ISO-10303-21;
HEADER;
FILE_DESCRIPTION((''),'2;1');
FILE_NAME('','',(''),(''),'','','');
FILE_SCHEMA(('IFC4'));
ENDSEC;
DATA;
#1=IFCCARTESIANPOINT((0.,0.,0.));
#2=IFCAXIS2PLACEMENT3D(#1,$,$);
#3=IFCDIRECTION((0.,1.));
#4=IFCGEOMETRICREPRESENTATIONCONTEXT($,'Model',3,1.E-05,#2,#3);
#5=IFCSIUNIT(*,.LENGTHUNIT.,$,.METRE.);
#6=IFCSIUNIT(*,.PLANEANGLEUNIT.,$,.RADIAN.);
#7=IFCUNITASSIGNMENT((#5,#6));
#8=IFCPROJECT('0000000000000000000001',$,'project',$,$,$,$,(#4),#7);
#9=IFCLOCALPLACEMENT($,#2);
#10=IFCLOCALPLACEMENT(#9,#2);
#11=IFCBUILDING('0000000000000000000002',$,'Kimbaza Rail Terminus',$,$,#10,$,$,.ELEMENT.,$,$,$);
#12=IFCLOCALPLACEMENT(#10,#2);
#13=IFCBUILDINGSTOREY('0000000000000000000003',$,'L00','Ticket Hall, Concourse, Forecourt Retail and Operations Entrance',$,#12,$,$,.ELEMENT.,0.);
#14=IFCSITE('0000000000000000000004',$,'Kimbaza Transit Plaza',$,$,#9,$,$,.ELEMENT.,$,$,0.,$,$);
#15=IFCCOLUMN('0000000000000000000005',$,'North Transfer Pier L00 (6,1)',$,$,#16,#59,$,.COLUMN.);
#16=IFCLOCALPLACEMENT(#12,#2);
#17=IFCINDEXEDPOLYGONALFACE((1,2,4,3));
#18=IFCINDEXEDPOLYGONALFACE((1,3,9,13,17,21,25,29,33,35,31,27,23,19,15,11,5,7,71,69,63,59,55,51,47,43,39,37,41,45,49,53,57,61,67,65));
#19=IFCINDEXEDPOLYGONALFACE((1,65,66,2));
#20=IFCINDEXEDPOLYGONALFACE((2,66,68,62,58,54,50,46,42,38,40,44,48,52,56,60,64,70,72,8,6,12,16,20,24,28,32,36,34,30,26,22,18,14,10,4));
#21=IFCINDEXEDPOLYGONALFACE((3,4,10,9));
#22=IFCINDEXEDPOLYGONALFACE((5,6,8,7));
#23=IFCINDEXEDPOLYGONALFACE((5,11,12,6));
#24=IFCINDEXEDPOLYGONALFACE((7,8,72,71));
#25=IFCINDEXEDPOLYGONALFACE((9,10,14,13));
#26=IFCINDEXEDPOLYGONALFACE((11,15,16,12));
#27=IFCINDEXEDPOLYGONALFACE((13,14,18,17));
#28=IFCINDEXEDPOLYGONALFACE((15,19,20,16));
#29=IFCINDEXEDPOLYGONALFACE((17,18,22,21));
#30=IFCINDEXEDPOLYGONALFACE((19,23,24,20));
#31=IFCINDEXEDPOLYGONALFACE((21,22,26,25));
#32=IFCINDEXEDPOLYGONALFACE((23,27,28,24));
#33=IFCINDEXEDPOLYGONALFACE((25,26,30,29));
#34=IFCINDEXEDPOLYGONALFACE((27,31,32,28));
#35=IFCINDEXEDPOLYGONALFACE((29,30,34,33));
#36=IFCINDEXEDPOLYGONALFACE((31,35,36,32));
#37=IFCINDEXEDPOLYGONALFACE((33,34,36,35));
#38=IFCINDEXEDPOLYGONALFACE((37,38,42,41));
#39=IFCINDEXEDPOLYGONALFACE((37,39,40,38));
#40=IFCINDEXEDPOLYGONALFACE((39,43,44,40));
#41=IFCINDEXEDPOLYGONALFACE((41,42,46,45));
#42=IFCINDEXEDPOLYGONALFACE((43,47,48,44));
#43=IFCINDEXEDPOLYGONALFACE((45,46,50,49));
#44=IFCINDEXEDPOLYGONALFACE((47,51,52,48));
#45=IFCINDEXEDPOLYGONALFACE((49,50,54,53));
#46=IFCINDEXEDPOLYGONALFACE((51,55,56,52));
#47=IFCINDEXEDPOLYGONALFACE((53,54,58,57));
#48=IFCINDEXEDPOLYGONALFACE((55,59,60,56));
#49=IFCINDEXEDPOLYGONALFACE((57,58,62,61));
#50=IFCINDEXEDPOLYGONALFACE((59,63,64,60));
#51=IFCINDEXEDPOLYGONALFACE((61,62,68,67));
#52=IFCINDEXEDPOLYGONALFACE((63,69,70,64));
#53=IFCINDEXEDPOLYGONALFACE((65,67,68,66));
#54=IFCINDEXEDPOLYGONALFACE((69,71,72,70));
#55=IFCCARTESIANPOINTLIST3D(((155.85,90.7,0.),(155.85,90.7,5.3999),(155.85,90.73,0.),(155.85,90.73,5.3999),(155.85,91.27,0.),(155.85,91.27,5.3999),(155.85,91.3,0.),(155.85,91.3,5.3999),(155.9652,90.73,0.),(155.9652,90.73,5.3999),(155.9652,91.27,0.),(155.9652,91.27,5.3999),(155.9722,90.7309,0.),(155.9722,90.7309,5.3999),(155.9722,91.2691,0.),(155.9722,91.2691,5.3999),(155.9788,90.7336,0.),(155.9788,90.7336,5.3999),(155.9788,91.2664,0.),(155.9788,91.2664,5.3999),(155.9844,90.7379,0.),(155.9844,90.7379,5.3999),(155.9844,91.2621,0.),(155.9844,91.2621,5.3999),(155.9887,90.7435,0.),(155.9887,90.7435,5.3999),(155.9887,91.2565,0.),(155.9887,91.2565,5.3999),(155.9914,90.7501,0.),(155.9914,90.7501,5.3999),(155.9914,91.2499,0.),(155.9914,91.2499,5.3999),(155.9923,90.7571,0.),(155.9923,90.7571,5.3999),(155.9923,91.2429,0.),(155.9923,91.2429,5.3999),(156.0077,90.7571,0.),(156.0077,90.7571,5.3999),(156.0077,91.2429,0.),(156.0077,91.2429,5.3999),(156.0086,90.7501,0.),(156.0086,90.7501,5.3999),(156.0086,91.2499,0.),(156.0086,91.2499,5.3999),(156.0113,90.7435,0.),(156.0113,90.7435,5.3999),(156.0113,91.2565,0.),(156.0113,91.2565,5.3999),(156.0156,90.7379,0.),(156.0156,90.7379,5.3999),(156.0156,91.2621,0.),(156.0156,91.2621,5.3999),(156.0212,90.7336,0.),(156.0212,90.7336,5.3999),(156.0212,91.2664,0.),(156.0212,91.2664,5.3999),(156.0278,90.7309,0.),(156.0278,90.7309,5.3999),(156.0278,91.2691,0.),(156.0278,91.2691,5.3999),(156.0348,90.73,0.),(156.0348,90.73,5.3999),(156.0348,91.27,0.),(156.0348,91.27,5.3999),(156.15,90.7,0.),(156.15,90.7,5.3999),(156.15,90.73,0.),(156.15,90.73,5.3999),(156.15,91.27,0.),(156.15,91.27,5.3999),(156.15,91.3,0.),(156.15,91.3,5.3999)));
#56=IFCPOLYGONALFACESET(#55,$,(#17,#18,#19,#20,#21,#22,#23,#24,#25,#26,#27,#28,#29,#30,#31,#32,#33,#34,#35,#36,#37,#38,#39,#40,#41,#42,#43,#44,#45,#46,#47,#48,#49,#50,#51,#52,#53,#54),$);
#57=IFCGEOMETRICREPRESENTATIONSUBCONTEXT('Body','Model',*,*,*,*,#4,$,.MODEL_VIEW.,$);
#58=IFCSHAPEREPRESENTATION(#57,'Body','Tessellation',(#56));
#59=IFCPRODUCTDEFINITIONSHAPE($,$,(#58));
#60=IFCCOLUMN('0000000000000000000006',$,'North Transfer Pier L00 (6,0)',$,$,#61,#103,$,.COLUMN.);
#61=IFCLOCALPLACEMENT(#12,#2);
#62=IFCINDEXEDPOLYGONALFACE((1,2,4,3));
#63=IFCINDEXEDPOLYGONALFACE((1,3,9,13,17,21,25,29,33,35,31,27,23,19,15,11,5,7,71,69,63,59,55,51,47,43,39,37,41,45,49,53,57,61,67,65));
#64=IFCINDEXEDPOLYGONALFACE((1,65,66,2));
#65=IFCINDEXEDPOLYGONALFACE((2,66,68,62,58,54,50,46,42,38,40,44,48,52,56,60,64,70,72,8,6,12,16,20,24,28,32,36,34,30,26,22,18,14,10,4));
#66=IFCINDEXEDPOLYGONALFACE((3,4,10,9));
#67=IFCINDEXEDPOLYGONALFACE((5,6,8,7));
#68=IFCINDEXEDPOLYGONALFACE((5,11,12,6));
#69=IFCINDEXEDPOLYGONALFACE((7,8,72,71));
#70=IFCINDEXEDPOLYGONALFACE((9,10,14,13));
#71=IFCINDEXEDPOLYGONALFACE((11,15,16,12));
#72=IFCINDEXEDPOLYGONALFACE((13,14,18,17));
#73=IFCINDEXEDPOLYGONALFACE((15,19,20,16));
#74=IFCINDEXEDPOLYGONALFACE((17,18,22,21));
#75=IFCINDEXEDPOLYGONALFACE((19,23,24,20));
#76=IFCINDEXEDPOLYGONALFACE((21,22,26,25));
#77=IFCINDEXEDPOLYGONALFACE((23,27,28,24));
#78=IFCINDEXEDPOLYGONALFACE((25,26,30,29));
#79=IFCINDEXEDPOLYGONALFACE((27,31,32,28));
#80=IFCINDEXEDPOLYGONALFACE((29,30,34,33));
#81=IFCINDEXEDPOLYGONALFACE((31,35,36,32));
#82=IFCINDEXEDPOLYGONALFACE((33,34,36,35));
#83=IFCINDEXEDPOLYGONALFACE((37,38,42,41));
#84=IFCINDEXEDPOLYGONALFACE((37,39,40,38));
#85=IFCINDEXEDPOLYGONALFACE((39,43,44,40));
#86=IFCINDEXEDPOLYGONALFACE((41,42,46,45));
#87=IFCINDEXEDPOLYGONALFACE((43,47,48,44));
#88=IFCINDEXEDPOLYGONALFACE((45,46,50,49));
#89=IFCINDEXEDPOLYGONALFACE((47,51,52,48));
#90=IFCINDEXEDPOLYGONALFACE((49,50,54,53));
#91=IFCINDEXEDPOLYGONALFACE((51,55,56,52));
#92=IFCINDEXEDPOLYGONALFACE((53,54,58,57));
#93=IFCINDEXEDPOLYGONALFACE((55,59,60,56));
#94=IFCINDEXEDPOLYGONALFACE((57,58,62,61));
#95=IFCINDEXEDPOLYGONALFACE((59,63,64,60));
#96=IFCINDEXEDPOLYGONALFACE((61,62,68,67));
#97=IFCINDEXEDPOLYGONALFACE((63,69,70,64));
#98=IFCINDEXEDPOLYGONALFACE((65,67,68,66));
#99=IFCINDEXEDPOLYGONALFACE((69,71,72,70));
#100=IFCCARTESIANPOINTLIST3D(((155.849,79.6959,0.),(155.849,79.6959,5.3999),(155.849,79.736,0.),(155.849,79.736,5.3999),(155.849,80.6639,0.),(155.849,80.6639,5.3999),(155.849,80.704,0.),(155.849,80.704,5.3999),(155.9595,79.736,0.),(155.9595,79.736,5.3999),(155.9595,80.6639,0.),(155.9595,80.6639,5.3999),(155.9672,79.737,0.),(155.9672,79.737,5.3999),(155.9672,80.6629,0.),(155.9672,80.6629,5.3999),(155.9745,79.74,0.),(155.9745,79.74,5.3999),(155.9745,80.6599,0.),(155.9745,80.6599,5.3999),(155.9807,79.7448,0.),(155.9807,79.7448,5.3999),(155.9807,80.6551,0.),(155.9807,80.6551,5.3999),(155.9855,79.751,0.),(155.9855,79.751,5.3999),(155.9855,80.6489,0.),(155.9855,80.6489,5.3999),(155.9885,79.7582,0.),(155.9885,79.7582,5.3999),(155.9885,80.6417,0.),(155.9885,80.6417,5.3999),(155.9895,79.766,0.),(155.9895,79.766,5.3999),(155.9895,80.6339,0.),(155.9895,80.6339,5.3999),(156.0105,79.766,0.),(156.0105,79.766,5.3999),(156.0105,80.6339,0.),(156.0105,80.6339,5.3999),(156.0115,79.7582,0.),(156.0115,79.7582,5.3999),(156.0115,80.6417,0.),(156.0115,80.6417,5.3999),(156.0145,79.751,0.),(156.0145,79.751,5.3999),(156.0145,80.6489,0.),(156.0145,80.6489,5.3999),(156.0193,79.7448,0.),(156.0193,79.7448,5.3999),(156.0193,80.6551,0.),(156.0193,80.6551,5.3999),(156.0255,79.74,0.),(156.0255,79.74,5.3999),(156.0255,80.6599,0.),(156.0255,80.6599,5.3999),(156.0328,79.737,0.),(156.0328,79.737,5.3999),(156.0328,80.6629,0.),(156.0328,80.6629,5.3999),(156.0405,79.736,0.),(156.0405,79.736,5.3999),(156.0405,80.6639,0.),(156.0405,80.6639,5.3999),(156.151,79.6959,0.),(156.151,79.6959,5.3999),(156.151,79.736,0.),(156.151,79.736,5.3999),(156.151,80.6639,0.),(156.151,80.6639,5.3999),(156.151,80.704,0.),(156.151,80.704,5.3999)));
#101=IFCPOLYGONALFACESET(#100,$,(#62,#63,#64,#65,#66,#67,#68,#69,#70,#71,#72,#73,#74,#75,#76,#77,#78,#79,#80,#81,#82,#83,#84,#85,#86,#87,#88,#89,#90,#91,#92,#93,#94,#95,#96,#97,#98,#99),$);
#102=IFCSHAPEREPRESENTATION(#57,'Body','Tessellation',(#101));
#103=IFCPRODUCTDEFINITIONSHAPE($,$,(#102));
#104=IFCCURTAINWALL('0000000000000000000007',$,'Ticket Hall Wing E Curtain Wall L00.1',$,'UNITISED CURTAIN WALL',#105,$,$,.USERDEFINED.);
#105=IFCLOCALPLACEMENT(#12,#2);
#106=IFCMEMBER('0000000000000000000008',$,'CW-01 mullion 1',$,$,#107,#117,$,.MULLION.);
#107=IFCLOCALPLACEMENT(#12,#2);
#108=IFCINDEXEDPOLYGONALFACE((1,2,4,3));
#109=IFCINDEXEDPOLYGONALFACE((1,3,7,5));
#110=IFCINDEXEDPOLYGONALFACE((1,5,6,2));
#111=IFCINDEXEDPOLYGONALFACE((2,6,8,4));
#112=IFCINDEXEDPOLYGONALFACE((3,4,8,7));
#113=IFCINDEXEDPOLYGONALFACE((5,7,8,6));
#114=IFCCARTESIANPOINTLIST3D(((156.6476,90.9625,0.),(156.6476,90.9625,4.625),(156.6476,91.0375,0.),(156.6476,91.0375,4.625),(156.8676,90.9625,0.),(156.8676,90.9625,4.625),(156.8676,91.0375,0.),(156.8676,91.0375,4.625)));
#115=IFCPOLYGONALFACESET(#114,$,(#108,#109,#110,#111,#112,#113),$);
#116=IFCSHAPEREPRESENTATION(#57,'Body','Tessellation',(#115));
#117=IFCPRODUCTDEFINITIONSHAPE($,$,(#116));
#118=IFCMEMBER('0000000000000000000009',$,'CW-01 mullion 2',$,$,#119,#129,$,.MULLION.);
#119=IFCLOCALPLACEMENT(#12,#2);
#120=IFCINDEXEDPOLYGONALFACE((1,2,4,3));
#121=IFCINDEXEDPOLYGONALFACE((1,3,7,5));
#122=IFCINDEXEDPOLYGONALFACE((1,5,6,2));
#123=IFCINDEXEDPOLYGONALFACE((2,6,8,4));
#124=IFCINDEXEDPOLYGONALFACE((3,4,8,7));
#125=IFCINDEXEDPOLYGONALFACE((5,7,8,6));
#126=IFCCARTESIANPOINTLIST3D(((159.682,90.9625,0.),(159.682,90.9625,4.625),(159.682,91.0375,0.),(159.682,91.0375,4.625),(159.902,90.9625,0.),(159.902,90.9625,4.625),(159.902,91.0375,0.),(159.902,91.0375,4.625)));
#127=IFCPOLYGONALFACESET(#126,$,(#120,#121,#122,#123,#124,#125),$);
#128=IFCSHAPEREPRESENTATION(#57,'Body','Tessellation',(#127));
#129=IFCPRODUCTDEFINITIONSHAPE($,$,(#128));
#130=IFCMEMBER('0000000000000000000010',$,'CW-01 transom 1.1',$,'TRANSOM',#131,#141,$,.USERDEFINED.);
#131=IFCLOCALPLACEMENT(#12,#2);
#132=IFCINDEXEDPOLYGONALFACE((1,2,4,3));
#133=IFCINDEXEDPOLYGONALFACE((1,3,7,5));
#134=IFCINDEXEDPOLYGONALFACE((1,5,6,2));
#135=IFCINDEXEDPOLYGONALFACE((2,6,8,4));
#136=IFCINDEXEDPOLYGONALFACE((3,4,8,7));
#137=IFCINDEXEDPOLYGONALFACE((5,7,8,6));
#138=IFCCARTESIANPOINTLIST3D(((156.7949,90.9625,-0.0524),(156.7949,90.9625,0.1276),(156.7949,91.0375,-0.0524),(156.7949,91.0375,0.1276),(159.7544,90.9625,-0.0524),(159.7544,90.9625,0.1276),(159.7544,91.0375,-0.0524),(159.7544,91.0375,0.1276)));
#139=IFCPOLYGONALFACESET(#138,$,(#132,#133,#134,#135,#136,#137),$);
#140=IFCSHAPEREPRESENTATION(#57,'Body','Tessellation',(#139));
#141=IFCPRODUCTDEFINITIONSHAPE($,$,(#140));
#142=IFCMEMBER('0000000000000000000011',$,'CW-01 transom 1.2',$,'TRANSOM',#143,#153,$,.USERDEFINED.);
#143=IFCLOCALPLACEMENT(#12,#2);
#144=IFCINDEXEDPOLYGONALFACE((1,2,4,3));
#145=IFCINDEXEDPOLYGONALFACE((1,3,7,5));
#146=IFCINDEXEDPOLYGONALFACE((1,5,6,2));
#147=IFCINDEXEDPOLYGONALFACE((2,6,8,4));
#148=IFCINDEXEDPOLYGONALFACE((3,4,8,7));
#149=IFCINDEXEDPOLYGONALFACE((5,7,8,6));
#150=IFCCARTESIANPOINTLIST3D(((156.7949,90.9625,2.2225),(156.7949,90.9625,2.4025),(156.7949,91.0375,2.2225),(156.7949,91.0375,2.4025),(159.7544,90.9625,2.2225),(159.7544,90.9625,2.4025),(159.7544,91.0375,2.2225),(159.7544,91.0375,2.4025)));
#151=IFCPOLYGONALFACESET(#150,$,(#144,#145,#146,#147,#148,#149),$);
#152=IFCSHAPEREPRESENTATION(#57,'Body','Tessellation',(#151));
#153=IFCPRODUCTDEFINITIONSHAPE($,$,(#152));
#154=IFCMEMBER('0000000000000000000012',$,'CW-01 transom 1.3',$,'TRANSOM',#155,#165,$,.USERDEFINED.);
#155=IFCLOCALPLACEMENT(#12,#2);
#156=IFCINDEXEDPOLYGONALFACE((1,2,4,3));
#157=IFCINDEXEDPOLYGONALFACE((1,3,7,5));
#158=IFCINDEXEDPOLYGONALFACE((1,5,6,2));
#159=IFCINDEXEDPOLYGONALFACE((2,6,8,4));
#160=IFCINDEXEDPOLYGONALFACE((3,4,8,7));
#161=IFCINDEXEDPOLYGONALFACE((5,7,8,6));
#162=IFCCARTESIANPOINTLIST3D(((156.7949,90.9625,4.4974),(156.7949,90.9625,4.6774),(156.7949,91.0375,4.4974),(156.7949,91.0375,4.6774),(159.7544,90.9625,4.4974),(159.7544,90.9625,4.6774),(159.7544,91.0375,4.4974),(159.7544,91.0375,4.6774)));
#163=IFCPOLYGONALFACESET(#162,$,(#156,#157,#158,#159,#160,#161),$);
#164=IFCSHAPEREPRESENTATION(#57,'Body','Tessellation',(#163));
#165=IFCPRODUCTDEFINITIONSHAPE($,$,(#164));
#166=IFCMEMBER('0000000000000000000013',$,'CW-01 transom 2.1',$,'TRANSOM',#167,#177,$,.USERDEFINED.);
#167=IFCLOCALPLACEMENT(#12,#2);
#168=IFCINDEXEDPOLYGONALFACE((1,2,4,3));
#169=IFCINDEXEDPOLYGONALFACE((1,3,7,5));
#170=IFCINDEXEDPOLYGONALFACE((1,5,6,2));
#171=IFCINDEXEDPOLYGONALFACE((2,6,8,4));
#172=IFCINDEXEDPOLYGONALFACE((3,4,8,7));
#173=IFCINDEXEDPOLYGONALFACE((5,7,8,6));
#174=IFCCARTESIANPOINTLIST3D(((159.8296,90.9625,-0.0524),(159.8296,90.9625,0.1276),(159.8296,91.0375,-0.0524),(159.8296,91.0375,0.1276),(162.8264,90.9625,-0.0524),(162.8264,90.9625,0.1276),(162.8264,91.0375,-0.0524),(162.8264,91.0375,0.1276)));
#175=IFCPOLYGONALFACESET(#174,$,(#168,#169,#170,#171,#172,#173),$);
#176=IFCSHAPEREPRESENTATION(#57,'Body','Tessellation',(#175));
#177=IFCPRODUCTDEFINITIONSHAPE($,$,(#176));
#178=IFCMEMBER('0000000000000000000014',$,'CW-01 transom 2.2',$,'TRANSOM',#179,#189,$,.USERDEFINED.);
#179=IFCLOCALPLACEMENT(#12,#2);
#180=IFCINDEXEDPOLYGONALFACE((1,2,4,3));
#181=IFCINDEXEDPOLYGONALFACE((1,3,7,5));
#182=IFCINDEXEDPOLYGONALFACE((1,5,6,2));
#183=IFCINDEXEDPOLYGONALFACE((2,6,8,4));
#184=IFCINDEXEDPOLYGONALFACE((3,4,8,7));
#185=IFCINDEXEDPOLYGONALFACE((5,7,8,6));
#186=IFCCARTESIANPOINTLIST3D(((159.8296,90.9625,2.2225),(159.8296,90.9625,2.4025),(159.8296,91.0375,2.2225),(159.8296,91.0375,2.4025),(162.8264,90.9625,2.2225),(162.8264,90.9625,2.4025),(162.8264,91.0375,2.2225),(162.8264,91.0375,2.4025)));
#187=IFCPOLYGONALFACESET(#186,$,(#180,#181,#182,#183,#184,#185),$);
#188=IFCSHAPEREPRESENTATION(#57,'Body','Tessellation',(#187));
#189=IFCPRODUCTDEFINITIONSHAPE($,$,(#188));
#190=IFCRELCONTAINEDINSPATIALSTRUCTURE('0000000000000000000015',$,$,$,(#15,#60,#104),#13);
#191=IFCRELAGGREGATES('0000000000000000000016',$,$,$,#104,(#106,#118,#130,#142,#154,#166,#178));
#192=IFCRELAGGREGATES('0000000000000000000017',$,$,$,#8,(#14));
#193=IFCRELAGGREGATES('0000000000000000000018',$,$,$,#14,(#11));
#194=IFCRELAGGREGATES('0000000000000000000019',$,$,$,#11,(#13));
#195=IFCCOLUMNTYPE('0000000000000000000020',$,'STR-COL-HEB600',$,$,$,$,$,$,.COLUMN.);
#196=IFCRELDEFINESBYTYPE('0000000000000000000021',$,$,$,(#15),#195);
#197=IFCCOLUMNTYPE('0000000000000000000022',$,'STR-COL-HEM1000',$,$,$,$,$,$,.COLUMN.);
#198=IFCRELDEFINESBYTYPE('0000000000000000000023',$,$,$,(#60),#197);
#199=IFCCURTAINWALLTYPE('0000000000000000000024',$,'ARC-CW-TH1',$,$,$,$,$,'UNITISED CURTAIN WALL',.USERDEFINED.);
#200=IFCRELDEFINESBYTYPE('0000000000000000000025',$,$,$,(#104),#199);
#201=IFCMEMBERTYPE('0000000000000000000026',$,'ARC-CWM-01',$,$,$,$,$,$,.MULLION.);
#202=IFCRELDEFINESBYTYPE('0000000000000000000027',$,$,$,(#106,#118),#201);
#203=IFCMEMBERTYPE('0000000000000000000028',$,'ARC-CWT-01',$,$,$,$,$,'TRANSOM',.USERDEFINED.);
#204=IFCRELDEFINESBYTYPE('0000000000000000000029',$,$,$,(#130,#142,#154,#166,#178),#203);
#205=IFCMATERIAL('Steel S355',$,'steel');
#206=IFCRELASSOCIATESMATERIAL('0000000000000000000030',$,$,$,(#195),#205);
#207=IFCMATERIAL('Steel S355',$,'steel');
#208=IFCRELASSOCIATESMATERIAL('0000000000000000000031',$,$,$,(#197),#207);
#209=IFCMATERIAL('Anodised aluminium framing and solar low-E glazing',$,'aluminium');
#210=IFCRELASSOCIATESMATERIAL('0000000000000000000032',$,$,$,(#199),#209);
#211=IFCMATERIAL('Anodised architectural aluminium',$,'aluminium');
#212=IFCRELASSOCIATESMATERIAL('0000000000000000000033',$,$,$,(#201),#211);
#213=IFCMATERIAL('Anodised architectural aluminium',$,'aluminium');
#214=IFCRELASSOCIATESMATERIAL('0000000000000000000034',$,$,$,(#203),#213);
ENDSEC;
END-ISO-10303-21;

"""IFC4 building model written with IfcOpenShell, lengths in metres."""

from ifc_helpers import new_model, si_unit, direction, frame, origin, origin_2d, place, context, subcontext, project, spatial, rectangle, i_section, extrude, material, material_profile, profile_set, type_object, element, aggregate, save


model = new_model("IFC4")

# Units and contexts
model_context = context("Model", 3, precision=1e-05, world=origin(), true_north=direction((0.0, 1.0)))
body_context = subcontext(model_context, "Body", "Model", "MODEL_VIEW")
ifc_project = project(units=[si_unit("LENGTHUNIT", "METRE"), si_unit("PLANEANGLEUNIT", "RADIAN")], contexts=[model_context])

# Site, building, storey
site_placement = place(None, origin())
site = spatial("IfcSite", under=ifc_project, at=site_placement, Name="Kimbaza Transit Plaza", CompositionType="ELEMENT", RefElevation=0.0)
building_placement = place(site_placement, origin())
building = spatial("IfcBuilding", under=site, at=building_placement, Name="Kimbaza Rail Terminus", CompositionType="ELEMENT")
storey_placement = place(building_placement, origin())
storey = spatial("IfcBuildingStorey", under=building, at=storey_placement, Name="L00", Description="Ticket Hall, Concourse, Forecourt Retail and Operations Entrance", CompositionType="ELEMENT", Elevation=0.0)

# Columns
ifc_material_1 = material(Name="Steel S355", Category="steel")
ifc_material_profile_1 = material_profile(ifc_material_1, i_section(OverallWidth=0.3, OverallDepth=0.6001, WebThickness=0.0154, FlangeThickness=0.03, FilletRadius=0.0271, at=origin_2d()), Name="HEB 600")
ifc_profile_set_1 = profile_set([ifc_material_profile_1], Name="Steel S355")
column_type_1 = type_object("IfcColumnType", Name="STR-COL-HEB600", PredefinedType="COLUMN", material=ifc_profile_set_1)
column_1_placement = place(storey_placement, frame((156.0, 91.0, 0.0), z_axis=(0.0, 0.0, 1.0), x_axis=(1.0, 0.0, 0.0)))
element("IfcColumn", 1, at=column_1_placement, inside=storey, type_object=column_type_1, Name="North Transfer Pier L00 (6,1)", PredefinedType="COLUMN", context=body_context, shape_type="SweptSolid", body=[
    extrude(i_section(OverallWidth=0.3, OverallDepth=0.6001, WebThickness=0.0154, FlangeThickness=0.03, FilletRadius=0.0271, at=origin_2d()), origin(), (0.0, 0.0, 1.0), 5.3999),
])
ifc_material_2 = material(Name="Steel S355", Category="steel")
ifc_material_profile_2 = material_profile(ifc_material_2, i_section(OverallWidth=0.302, OverallDepth=1.0081, WebThickness=0.021, FlangeThickness=0.04, FilletRadius=0.03, at=origin_2d()), Name="HEM 1000")
ifc_profile_set_2 = profile_set([ifc_material_profile_2], Name="Steel S355")
column_type_2 = type_object("IfcColumnType", Name="STR-COL-HEM1000", PredefinedType="COLUMN", material=ifc_profile_set_2)
column_2_placement = place(storey_placement, frame((156.0, 80.2, 0.0), z_axis=(0.0, 0.0, 1.0), x_axis=(1.0, 0.0, 0.0)))
element("IfcColumn", 2, at=column_2_placement, inside=storey, type_object=column_type_2, Name="North Transfer Pier L00 (6,0)", PredefinedType="COLUMN", context=body_context, shape_type="SweptSolid", body=[
    extrude(i_section(OverallWidth=0.302, OverallDepth=1.0081, WebThickness=0.021, FlangeThickness=0.04, FilletRadius=0.03, at=origin_2d()), origin(), (0.0, 0.0, 1.0), 5.3999),
])

# Curtain wall, members
ifc_material_3 = material(Name="Anodised aluminium framing and solar low-E glazing", Category="aluminium")
curtain_wall_type = type_object("IfcCurtainWallType", Name="ARC-CW-TH1", ElementType="UNITISED CURTAIN WALL", PredefinedType="USERDEFINED", material=ifc_material_3)
curtain_wall_placement = place(storey_placement, origin())
curtain_wall = element("IfcCurtainWall", 3, at=curtain_wall_placement, inside=storey, type_object=curtain_wall_type, Name="Ticket Hall Wing E Curtain Wall L00.1", ObjectType="UNITISED CURTAIN WALL", PredefinedType="USERDEFINED")
ifc_material_4 = material(Name="Anodised architectural aluminium", Category="aluminium")
ifc_material_profile_3 = material_profile(ifc_material_4, rectangle(XDim=0.075, YDim=0.22, at=origin_2d()), Name="MULLION 75x220")
ifc_profile_set_3 = profile_set([ifc_material_profile_3], Name="Anodised architectural aluminium")
member_type_1 = type_object("IfcMemberType", Name="ARC-CWM-01", PredefinedType="MULLION", material=ifc_profile_set_3)
member_1_placement = place(storey_placement, frame((156.7576, 91.0, 0.0), z_axis=(0.0, 0.0, 1.0), x_axis=(0.0, 1.0, 0.0)))
member_1 = element("IfcMember", 4, at=member_1_placement, type_object=member_type_1, Name="CW-01 mullion 1", PredefinedType="MULLION", context=body_context, shape_type="SweptSolid", body=[
    extrude(rectangle(XDim=0.075, YDim=0.22, at=origin_2d()), origin(), (0.0, 0.0, 1.0), 4.625),
])
member_2_placement = place(storey_placement, frame((159.792, 91.0, 0.0), z_axis=(0.0, 0.0, 1.0), x_axis=(0.0, 1.0, 0.0)))
member_2 = element("IfcMember", 5, at=member_2_placement, type_object=member_type_1, Name="CW-01 mullion 2", PredefinedType="MULLION", context=body_context, shape_type="SweptSolid", body=[
    extrude(rectangle(XDim=0.075, YDim=0.22, at=origin_2d()), origin(), (0.0, 0.0, 1.0), 4.625),
])
ifc_material_5 = material(Name="Anodised architectural aluminium", Category="aluminium")
ifc_material_profile_4 = material_profile(ifc_material_5, rectangle(XDim=0.075, YDim=0.1799, at=origin_2d()), Name="TRANSOM 75x180")
ifc_profile_set_4 = profile_set([ifc_material_profile_4], Name="Anodised architectural aluminium")
member_type_2 = type_object("IfcMemberType", Name="ARC-CWT-01", ElementType="TRANSOM", PredefinedType="USERDEFINED", material=ifc_profile_set_4)
member_3_placement = place(storey_placement, frame((156.7949, 91.0, 0.0376), z_axis=(1.0, 0.0, 0.0), x_axis=(0.0, 1.0, 0.0)))
member_3 = element("IfcMember", 6, at=member_3_placement, type_object=member_type_2, Name="CW-01 transom 1.1", ObjectType="TRANSOM", PredefinedType="USERDEFINED", context=body_context, shape_type="SweptSolid", body=[
    extrude(rectangle(XDim=0.075, YDim=0.1799, at=origin_2d()), origin(), (0.0, 0.0, 1.0), 2.9595),
])
member_4_placement = place(storey_placement, frame((156.7949, 91.0, 2.3125), z_axis=(1.0, 0.0, 0.0), x_axis=(0.0, 1.0, 0.0)))
member_4 = element("IfcMember", 7, at=member_4_placement, type_object=member_type_2, Name="CW-01 transom 1.2", ObjectType="TRANSOM", PredefinedType="USERDEFINED", context=body_context, shape_type="SweptSolid", body=[
    extrude(rectangle(XDim=0.075, YDim=0.1799, at=origin_2d()), origin(), (0.0, 0.0, 1.0), 2.9595),
])
member_5_placement = place(storey_placement, frame((156.7949, 91.0, 4.5874), z_axis=(1.0, 0.0, 0.0), x_axis=(0.0, 1.0, 0.0)))
member_5 = element("IfcMember", 8, at=member_5_placement, type_object=member_type_2, Name="CW-01 transom 1.3", ObjectType="TRANSOM", PredefinedType="USERDEFINED", context=body_context, shape_type="SweptSolid", body=[
    extrude(rectangle(XDim=0.075, YDim=0.1799, at=origin_2d()), origin(), (0.0, 0.0, 1.0), 2.9595),
])
member_6_placement = place(storey_placement, frame((159.8296, 91.0, 0.0376), z_axis=(1.0, 0.0, 0.0), x_axis=(0.0, 1.0, 0.0)))
member_6 = element("IfcMember", 9, at=member_6_placement, type_object=member_type_2, Name="CW-01 transom 2.1", ObjectType="TRANSOM", PredefinedType="USERDEFINED", context=body_context, shape_type="SweptSolid", body=[
    extrude(rectangle(XDim=0.075, YDim=0.1799, at=origin_2d()), origin(), (0.0, 0.0, 1.0), 2.9968),
])
member_7_placement = place(storey_placement, frame((159.8296, 91.0, 2.3125), z_axis=(1.0, 0.0, 0.0), x_axis=(0.0, 1.0, 0.0)))
member_7 = element("IfcMember", 10, at=member_7_placement, type_object=member_type_2, Name="CW-01 transom 2.2", ObjectType="TRANSOM", PredefinedType="USERDEFINED", context=body_context, shape_type="SweptSolid", body=[
    extrude(rectangle(XDim=0.075, YDim=0.1799, at=origin_2d()), origin(), (0.0, 0.0, 1.0), 2.9968),
])

aggregate(curtain_wall, [member_1, member_2, member_3, member_4, member_5, member_6, member_7])

save(model, "model.ifc")
